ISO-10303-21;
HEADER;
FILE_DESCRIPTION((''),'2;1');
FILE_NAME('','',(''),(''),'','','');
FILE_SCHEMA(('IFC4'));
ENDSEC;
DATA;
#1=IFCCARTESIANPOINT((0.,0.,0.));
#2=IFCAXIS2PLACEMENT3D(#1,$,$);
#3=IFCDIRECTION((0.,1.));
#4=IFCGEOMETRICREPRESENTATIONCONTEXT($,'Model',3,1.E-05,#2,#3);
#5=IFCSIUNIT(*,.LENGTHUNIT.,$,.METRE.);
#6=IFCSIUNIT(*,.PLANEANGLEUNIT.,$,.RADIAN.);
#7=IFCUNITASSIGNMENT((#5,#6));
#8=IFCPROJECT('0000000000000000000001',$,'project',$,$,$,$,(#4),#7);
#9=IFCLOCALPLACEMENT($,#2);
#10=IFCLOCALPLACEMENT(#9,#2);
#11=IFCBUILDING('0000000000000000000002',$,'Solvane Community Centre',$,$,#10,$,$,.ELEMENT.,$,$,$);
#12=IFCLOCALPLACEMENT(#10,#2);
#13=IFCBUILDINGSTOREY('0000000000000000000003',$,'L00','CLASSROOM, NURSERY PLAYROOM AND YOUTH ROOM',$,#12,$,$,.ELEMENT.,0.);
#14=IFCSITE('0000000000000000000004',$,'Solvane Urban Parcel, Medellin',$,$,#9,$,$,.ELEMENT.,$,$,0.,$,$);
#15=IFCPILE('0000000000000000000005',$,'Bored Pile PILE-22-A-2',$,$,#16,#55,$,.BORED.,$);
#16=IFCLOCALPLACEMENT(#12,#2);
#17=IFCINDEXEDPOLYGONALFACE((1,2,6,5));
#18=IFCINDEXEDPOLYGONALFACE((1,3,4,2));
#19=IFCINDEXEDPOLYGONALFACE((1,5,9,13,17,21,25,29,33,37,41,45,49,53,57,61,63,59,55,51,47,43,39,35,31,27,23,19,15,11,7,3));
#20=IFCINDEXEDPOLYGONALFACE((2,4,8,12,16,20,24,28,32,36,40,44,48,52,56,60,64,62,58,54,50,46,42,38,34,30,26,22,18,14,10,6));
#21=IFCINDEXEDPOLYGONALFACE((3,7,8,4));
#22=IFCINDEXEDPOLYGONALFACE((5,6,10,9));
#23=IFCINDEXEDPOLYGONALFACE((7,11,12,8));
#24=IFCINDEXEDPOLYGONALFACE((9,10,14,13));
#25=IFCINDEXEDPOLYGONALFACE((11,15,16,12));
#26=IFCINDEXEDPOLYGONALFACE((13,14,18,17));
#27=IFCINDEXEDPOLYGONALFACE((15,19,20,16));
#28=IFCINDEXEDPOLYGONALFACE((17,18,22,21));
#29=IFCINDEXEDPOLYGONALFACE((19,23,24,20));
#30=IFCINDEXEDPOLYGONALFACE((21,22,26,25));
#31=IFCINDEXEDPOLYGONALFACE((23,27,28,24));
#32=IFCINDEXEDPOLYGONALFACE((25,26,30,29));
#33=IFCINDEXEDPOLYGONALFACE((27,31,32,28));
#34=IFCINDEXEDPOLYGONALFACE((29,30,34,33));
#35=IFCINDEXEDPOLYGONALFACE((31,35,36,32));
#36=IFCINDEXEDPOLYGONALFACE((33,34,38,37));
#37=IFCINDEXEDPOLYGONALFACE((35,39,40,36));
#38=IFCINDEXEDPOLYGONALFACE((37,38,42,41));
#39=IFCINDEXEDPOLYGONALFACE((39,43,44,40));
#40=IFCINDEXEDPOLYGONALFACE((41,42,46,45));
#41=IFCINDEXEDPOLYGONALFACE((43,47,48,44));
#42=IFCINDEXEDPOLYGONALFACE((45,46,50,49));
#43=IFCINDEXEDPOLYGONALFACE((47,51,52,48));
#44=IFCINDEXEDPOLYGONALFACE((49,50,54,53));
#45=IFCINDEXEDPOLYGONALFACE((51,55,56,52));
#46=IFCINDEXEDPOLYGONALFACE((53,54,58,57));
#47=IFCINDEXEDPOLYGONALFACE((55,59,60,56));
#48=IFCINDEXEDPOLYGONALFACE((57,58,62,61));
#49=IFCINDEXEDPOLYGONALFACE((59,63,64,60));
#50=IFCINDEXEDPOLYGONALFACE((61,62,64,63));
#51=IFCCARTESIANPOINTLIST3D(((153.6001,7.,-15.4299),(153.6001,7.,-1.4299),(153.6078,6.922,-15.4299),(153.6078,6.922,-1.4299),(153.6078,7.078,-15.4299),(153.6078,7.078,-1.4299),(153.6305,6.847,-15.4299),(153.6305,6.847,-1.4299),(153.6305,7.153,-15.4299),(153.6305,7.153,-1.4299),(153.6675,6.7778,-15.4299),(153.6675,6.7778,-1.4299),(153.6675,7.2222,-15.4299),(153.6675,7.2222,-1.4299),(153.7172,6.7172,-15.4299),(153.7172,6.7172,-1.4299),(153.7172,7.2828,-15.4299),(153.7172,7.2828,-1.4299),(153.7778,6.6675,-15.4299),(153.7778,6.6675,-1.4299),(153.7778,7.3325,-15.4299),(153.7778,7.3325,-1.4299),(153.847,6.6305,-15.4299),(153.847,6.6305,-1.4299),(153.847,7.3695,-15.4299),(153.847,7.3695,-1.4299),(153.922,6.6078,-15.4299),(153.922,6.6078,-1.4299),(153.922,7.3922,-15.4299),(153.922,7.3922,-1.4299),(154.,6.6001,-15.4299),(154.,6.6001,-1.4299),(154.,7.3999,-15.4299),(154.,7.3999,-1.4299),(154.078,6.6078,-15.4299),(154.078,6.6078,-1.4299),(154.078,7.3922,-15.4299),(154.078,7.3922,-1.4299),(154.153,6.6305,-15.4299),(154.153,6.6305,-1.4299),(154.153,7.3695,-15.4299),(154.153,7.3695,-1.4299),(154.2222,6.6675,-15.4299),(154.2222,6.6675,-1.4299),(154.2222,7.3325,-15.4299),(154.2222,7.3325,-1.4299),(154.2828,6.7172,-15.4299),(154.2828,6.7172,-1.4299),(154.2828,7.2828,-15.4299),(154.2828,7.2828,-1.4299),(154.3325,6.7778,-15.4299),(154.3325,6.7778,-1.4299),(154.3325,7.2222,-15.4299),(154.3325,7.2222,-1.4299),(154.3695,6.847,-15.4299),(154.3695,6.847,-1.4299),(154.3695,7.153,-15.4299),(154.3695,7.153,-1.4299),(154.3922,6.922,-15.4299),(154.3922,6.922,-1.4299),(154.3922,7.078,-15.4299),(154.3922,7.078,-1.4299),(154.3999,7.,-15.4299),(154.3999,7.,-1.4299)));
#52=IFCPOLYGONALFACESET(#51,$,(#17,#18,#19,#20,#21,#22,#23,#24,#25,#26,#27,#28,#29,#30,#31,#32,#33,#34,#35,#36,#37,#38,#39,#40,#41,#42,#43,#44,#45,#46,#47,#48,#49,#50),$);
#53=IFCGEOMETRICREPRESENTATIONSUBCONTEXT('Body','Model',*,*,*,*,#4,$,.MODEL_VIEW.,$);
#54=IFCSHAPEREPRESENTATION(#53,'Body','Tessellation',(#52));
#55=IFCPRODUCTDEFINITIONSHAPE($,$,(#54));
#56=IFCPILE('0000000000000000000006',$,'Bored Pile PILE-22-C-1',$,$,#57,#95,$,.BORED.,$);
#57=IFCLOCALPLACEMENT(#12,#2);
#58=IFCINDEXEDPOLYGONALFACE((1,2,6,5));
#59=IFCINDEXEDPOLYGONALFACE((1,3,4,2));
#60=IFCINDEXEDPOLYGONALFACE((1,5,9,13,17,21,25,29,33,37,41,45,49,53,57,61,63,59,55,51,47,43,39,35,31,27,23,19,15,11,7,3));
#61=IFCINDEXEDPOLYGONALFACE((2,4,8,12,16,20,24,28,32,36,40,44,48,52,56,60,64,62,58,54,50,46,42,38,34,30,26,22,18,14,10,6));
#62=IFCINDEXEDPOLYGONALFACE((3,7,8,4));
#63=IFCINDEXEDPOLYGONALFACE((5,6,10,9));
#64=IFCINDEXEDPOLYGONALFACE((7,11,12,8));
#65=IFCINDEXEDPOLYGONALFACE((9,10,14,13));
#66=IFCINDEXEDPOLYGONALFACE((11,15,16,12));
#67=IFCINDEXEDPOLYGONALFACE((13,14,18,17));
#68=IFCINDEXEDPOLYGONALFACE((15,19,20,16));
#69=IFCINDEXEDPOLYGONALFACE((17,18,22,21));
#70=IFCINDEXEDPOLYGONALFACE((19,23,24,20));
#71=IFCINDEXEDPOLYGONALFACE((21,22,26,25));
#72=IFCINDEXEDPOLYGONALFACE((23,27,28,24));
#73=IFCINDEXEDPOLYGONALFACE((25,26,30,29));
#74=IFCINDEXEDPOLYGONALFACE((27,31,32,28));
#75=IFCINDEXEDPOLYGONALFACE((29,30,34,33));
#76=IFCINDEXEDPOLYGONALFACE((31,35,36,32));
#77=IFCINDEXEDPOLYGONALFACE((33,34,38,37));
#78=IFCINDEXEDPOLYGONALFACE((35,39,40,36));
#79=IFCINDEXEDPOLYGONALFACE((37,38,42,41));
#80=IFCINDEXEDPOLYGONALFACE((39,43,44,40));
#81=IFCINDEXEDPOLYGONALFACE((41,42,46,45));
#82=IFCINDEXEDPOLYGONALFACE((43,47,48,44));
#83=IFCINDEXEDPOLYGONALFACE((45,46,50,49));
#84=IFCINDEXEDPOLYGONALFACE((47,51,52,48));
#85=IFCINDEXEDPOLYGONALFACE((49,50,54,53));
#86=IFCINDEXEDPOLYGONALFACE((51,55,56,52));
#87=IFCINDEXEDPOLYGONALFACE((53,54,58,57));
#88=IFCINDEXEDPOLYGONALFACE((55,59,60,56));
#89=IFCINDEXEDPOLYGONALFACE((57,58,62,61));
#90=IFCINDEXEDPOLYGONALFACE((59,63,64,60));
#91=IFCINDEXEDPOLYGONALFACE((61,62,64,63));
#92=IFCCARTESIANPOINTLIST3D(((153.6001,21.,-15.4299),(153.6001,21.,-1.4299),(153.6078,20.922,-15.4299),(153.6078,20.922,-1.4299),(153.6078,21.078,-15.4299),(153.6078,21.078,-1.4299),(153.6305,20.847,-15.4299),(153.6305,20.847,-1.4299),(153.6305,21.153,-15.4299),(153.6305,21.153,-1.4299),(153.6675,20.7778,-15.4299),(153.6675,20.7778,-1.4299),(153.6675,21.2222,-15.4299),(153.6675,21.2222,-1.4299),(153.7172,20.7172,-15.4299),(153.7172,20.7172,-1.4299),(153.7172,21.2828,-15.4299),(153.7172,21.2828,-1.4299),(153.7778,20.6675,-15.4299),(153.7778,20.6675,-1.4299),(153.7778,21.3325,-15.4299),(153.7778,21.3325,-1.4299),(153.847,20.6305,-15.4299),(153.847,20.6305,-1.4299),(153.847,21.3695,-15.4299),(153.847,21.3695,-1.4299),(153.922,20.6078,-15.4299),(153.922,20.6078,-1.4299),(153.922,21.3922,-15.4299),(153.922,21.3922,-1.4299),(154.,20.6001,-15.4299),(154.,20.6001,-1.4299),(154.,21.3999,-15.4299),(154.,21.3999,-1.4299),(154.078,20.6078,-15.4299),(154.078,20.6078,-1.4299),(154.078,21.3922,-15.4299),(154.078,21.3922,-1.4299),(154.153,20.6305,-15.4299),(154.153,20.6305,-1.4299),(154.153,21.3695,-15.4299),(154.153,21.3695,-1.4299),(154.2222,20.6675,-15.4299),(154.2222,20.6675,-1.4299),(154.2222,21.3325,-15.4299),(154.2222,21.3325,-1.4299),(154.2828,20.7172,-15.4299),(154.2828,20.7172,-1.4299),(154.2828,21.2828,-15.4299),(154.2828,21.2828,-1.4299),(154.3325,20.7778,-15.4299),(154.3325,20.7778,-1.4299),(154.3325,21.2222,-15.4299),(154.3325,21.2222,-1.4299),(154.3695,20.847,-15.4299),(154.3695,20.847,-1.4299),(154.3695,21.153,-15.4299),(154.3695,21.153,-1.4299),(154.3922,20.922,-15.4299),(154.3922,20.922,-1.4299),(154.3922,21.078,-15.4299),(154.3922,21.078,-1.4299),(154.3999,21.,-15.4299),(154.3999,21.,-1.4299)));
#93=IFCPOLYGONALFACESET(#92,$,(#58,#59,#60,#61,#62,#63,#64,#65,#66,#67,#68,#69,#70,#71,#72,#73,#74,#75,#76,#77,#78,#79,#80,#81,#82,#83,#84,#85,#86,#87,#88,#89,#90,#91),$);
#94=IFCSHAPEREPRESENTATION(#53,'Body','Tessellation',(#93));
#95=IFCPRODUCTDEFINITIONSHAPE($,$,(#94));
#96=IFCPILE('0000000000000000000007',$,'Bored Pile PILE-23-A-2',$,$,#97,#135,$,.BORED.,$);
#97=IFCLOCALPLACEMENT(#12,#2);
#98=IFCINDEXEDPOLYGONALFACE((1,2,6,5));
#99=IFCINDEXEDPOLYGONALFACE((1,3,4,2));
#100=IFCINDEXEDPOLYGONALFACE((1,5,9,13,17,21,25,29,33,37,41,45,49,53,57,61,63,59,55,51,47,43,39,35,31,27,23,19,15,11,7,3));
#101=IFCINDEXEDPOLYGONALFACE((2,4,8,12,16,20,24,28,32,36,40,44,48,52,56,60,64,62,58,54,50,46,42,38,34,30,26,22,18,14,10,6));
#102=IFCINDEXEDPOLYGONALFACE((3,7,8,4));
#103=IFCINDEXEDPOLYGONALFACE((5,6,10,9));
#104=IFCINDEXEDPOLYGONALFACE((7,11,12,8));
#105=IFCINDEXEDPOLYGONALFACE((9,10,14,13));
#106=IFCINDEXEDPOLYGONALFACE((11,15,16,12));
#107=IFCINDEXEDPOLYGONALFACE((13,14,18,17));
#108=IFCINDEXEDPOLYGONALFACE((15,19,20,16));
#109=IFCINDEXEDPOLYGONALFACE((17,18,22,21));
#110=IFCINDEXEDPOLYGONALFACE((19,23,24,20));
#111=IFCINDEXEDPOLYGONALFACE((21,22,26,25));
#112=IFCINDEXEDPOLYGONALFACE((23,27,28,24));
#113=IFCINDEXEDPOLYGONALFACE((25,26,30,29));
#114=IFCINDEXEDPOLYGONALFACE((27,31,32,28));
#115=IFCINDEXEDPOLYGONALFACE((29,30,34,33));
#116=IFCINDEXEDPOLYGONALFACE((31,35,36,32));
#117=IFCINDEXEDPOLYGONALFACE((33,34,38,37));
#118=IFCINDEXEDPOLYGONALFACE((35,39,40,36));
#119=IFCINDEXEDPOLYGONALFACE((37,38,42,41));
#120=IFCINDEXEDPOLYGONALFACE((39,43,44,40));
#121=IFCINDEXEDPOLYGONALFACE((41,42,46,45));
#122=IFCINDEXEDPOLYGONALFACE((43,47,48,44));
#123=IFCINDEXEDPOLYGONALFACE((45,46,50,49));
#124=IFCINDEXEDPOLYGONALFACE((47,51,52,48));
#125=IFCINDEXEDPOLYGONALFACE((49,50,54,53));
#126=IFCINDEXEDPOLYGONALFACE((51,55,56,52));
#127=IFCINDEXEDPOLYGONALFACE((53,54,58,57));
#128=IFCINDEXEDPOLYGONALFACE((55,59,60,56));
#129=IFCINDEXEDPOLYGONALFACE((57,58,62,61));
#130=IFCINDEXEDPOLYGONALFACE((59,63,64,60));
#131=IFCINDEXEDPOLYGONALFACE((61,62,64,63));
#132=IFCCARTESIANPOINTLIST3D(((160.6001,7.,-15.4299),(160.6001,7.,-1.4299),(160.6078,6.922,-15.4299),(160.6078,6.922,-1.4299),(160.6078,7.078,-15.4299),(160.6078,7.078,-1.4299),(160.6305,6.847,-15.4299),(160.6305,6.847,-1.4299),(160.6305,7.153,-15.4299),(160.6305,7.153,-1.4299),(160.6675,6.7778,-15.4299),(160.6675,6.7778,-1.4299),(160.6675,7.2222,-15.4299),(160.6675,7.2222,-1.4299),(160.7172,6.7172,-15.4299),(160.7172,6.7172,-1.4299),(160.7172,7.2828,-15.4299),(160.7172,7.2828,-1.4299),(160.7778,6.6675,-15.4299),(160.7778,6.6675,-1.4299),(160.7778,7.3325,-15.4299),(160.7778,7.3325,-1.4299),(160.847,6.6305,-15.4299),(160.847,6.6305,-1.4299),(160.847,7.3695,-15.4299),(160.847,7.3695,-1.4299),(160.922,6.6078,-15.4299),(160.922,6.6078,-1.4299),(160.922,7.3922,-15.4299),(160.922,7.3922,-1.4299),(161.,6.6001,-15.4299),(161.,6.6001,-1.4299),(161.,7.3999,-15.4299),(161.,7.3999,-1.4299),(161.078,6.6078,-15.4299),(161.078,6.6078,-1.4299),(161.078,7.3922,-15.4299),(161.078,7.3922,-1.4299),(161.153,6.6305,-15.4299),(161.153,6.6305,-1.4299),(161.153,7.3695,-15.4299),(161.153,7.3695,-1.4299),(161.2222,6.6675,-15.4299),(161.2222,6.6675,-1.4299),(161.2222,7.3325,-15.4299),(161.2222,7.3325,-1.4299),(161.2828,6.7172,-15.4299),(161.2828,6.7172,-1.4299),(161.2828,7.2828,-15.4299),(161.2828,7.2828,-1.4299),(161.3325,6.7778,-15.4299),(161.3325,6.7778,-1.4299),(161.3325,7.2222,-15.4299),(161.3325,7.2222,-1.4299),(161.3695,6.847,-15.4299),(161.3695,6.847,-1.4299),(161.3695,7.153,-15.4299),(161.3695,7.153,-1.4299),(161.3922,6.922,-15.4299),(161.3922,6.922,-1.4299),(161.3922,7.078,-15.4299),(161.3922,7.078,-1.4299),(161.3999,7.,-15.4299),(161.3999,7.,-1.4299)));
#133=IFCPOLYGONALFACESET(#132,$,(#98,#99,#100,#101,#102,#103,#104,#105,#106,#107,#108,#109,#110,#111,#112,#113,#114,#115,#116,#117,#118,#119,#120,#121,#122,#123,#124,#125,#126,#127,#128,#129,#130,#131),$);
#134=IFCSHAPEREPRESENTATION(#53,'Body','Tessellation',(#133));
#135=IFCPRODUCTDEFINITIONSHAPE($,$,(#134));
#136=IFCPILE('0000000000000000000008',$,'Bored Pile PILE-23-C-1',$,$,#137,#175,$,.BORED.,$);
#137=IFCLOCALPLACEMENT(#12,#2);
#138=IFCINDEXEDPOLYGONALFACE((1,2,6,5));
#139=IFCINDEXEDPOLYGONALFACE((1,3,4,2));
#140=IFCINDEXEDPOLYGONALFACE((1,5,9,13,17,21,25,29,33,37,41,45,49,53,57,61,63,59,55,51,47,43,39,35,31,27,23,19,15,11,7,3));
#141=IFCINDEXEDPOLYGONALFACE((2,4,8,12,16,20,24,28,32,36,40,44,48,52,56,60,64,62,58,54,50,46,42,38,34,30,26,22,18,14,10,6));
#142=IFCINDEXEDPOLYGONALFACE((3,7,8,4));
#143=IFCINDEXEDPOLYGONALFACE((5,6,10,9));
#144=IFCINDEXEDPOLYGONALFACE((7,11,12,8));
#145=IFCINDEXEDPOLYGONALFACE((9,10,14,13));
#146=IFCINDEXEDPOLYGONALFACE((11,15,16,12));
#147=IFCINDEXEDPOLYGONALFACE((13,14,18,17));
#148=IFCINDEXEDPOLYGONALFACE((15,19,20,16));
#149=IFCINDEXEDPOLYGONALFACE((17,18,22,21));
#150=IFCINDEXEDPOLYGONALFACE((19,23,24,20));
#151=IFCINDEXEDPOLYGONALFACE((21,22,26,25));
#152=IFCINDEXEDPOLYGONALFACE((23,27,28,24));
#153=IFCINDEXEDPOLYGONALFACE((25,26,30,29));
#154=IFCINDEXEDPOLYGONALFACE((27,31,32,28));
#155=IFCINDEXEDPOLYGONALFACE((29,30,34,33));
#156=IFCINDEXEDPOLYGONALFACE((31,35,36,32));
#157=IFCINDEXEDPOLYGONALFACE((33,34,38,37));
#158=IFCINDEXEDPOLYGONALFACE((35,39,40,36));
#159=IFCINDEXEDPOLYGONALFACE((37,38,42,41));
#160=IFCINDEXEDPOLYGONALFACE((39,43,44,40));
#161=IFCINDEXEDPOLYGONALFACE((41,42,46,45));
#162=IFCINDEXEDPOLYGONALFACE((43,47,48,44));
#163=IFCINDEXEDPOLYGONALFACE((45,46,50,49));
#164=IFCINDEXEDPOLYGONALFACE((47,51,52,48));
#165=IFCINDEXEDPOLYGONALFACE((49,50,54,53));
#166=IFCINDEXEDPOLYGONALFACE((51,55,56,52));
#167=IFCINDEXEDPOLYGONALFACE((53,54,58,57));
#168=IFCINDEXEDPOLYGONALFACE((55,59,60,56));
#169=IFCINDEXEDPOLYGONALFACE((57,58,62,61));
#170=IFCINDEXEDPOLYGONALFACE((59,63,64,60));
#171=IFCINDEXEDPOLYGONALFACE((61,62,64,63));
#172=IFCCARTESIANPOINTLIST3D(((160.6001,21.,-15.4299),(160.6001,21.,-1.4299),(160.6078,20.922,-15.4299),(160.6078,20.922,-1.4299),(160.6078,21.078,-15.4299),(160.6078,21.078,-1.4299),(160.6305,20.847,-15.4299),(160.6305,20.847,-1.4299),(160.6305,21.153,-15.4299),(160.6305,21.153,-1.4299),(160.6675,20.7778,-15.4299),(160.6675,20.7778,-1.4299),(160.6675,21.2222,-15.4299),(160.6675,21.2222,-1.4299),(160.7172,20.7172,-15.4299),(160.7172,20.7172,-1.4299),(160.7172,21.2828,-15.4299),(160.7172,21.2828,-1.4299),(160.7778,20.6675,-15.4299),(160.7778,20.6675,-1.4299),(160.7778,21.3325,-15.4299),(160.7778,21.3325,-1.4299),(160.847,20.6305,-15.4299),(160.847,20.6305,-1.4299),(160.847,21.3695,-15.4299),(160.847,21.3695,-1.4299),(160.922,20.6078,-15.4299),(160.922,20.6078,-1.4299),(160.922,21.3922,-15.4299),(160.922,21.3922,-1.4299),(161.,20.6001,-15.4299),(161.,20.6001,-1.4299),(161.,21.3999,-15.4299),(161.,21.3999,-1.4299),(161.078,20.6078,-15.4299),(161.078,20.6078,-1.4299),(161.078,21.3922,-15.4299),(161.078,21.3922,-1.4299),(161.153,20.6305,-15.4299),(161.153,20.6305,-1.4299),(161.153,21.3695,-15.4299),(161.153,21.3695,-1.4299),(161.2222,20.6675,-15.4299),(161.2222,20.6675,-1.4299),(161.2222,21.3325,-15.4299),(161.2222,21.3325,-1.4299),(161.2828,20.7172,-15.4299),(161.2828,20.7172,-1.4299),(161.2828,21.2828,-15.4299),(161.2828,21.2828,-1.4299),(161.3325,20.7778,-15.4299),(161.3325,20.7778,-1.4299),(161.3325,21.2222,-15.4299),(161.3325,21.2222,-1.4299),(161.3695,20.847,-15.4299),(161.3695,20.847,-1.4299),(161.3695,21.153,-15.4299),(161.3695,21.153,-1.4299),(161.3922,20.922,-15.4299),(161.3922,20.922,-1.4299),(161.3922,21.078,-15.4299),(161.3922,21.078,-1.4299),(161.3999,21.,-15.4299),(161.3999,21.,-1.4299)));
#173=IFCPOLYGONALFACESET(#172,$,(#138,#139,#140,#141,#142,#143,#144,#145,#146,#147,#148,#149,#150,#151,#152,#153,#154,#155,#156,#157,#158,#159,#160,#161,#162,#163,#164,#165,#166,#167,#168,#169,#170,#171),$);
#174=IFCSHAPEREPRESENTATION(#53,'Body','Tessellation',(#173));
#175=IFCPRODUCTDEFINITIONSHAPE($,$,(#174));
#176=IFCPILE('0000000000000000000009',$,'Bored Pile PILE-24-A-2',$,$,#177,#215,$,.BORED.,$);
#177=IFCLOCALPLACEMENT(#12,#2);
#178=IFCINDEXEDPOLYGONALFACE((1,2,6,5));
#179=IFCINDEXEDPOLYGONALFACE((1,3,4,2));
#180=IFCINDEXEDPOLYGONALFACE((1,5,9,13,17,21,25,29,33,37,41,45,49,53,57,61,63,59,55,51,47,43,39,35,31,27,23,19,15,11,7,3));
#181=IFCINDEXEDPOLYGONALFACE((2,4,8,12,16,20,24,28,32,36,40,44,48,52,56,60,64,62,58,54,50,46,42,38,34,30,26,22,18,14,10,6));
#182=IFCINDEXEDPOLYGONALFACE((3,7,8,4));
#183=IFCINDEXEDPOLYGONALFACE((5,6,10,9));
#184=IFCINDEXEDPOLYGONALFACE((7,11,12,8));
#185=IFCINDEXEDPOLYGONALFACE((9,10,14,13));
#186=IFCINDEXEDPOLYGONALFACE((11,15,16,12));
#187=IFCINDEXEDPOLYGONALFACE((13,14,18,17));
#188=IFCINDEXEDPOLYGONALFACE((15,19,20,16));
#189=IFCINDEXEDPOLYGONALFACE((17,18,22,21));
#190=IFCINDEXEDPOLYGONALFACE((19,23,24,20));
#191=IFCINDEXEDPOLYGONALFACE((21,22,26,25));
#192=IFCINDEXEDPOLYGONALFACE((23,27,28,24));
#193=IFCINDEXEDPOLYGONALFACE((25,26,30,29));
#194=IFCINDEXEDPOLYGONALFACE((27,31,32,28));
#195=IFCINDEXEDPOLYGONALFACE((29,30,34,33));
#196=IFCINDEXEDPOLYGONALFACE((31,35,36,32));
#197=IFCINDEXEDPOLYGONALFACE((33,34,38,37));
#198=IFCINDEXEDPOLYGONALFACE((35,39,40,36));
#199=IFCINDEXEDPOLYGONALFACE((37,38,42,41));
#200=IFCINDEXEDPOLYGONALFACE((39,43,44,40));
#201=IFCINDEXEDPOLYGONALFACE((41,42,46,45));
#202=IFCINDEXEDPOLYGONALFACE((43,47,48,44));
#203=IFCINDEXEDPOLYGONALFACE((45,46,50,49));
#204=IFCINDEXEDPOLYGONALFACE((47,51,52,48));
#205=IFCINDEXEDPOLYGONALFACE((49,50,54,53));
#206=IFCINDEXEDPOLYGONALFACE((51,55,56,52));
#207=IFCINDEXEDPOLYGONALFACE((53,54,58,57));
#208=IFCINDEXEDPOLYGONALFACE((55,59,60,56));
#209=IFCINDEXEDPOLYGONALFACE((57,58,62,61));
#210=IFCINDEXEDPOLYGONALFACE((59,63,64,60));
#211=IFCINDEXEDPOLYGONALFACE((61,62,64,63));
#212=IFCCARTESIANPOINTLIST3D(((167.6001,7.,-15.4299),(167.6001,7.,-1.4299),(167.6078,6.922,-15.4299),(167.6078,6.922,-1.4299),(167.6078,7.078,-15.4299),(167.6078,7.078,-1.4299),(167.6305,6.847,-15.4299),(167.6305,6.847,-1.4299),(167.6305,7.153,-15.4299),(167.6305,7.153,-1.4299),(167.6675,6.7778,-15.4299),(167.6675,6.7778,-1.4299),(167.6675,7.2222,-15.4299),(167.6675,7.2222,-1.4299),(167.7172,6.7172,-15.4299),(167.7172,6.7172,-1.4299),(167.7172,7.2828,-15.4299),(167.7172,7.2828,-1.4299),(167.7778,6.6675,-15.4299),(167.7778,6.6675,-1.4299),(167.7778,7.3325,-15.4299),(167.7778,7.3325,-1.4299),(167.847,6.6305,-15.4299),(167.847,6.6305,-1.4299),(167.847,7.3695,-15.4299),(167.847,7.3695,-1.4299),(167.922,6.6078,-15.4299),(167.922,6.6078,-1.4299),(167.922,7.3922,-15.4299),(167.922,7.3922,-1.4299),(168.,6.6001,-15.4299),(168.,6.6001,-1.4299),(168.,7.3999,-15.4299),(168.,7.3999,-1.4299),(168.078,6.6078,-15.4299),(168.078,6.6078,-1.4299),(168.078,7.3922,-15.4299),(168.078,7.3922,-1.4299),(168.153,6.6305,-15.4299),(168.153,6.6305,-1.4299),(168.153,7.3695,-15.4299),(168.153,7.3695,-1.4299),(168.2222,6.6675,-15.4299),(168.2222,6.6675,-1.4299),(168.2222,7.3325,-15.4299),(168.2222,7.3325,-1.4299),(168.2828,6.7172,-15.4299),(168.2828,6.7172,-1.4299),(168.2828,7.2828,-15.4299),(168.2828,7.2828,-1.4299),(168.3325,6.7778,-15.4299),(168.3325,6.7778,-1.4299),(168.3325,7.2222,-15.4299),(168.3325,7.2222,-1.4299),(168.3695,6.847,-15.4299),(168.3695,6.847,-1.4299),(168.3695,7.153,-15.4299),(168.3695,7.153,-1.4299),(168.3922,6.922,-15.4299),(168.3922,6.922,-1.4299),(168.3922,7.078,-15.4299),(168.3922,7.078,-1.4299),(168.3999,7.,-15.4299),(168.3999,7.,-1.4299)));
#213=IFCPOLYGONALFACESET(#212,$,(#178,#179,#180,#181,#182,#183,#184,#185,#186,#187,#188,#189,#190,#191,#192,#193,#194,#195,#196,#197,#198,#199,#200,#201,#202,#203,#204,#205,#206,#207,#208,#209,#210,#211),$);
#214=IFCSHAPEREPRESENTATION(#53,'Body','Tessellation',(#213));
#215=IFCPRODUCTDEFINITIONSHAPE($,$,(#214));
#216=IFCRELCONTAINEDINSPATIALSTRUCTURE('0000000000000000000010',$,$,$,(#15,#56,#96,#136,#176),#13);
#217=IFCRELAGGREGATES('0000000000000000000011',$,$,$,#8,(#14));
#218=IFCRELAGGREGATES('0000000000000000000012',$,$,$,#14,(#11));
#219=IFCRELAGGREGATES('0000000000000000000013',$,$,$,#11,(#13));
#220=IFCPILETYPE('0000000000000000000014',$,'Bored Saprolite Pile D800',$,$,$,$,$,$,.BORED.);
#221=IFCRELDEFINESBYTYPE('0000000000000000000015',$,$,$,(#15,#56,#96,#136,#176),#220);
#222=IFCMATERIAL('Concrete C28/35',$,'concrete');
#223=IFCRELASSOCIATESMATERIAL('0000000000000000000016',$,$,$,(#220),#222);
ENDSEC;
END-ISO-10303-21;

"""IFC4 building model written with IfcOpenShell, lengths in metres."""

from ifc_helpers import new_model, si_unit, direction, frame, origin, origin_2d, place, context, subcontext, project, spatial, circle, extrude, material, material_profile, profile_set, type_object, element, save


model = new_model("IFC4")

# Units and contexts
model_context = context("Model", 3, precision=1e-05, world=origin(), true_north=direction((0.0, 1.0)))
body_context = subcontext(model_context, "Body", "Model", "MODEL_VIEW")
ifc_project = project(units=[si_unit("LENGTHUNIT", "METRE"), si_unit("PLANEANGLEUNIT", "RADIAN")], contexts=[model_context])

# Site, building, storey
site_placement = place(None, origin())
site = spatial("IfcSite", under=ifc_project, at=site_placement, Name="Solvane Urban Parcel, Medellin", CompositionType="ELEMENT", RefElevation=0.0)
building_placement = place(site_placement, origin())
building = spatial("IfcBuilding", under=site, at=building_placement, Name="Solvane Community Centre", CompositionType="ELEMENT")
storey_placement = place(building_placement, origin())
storey = spatial("IfcBuildingStorey", under=building, at=storey_placement, Name="L00", Description="CLASSROOM, NURSERY PLAYROOM AND YOUTH ROOM", CompositionType="ELEMENT", Elevation=0.0)

# Piles
ifc_material_1 = material(Name="Concrete C28/35", Category="concrete")
ifc_material_profile_1 = material_profile(ifc_material_1, circle(Radius=0.3999, at=origin_2d()), Name="PILE D800")
ifc_profile_set_1 = profile_set([ifc_material_profile_1], Name="Concrete C28/35")
pile_type = type_object("IfcPileType", Name="Bored Saprolite Pile D800", PredefinedType="BORED", material=ifc_profile_set_1)
for number, where, z_axis, x_axis, name in (
    (1, (154.0, 7.0, -1.4299), (0.0, 0.0, -1.0), (1.0, 0.0, 0.0), "Bored Pile PILE-22-A-2"),
    (2, (154.0, 21.0, -1.4299), (0.0, 0.0, -1.0), (1.0, 0.0, 0.0), "Bored Pile PILE-22-C-1"),
    (3, (161.0, 7.0, -1.4299), (0.0, 0.0, -1.0), (1.0, 0.0, 0.0), "Bored Pile PILE-23-A-2"),
    (4, (161.0, 21.0, -1.4299), (0.0, 0.0, -1.0), (1.0, 0.0, 0.0), "Bored Pile PILE-23-C-1"),
    (5, (168.0, 7.0, -1.4299), (0.0, 0.0, -1.0), (1.0, 0.0, 0.0), "Bored Pile PILE-24-A-2"),
):
    element("IfcPile", number, at=place(storey_placement, frame(where, z_axis=z_axis, x_axis=x_axis)), inside=storey, type_object=pile_type, Name=name, PredefinedType="BORED", context=body_context, shape_type="SweptSolid", body=[
        extrude(circle(Radius=0.3999, at=origin_2d()), origin(), (0.0, 0.0, 1.0), 14.0),
    ])

save(model, "model.ifc")
